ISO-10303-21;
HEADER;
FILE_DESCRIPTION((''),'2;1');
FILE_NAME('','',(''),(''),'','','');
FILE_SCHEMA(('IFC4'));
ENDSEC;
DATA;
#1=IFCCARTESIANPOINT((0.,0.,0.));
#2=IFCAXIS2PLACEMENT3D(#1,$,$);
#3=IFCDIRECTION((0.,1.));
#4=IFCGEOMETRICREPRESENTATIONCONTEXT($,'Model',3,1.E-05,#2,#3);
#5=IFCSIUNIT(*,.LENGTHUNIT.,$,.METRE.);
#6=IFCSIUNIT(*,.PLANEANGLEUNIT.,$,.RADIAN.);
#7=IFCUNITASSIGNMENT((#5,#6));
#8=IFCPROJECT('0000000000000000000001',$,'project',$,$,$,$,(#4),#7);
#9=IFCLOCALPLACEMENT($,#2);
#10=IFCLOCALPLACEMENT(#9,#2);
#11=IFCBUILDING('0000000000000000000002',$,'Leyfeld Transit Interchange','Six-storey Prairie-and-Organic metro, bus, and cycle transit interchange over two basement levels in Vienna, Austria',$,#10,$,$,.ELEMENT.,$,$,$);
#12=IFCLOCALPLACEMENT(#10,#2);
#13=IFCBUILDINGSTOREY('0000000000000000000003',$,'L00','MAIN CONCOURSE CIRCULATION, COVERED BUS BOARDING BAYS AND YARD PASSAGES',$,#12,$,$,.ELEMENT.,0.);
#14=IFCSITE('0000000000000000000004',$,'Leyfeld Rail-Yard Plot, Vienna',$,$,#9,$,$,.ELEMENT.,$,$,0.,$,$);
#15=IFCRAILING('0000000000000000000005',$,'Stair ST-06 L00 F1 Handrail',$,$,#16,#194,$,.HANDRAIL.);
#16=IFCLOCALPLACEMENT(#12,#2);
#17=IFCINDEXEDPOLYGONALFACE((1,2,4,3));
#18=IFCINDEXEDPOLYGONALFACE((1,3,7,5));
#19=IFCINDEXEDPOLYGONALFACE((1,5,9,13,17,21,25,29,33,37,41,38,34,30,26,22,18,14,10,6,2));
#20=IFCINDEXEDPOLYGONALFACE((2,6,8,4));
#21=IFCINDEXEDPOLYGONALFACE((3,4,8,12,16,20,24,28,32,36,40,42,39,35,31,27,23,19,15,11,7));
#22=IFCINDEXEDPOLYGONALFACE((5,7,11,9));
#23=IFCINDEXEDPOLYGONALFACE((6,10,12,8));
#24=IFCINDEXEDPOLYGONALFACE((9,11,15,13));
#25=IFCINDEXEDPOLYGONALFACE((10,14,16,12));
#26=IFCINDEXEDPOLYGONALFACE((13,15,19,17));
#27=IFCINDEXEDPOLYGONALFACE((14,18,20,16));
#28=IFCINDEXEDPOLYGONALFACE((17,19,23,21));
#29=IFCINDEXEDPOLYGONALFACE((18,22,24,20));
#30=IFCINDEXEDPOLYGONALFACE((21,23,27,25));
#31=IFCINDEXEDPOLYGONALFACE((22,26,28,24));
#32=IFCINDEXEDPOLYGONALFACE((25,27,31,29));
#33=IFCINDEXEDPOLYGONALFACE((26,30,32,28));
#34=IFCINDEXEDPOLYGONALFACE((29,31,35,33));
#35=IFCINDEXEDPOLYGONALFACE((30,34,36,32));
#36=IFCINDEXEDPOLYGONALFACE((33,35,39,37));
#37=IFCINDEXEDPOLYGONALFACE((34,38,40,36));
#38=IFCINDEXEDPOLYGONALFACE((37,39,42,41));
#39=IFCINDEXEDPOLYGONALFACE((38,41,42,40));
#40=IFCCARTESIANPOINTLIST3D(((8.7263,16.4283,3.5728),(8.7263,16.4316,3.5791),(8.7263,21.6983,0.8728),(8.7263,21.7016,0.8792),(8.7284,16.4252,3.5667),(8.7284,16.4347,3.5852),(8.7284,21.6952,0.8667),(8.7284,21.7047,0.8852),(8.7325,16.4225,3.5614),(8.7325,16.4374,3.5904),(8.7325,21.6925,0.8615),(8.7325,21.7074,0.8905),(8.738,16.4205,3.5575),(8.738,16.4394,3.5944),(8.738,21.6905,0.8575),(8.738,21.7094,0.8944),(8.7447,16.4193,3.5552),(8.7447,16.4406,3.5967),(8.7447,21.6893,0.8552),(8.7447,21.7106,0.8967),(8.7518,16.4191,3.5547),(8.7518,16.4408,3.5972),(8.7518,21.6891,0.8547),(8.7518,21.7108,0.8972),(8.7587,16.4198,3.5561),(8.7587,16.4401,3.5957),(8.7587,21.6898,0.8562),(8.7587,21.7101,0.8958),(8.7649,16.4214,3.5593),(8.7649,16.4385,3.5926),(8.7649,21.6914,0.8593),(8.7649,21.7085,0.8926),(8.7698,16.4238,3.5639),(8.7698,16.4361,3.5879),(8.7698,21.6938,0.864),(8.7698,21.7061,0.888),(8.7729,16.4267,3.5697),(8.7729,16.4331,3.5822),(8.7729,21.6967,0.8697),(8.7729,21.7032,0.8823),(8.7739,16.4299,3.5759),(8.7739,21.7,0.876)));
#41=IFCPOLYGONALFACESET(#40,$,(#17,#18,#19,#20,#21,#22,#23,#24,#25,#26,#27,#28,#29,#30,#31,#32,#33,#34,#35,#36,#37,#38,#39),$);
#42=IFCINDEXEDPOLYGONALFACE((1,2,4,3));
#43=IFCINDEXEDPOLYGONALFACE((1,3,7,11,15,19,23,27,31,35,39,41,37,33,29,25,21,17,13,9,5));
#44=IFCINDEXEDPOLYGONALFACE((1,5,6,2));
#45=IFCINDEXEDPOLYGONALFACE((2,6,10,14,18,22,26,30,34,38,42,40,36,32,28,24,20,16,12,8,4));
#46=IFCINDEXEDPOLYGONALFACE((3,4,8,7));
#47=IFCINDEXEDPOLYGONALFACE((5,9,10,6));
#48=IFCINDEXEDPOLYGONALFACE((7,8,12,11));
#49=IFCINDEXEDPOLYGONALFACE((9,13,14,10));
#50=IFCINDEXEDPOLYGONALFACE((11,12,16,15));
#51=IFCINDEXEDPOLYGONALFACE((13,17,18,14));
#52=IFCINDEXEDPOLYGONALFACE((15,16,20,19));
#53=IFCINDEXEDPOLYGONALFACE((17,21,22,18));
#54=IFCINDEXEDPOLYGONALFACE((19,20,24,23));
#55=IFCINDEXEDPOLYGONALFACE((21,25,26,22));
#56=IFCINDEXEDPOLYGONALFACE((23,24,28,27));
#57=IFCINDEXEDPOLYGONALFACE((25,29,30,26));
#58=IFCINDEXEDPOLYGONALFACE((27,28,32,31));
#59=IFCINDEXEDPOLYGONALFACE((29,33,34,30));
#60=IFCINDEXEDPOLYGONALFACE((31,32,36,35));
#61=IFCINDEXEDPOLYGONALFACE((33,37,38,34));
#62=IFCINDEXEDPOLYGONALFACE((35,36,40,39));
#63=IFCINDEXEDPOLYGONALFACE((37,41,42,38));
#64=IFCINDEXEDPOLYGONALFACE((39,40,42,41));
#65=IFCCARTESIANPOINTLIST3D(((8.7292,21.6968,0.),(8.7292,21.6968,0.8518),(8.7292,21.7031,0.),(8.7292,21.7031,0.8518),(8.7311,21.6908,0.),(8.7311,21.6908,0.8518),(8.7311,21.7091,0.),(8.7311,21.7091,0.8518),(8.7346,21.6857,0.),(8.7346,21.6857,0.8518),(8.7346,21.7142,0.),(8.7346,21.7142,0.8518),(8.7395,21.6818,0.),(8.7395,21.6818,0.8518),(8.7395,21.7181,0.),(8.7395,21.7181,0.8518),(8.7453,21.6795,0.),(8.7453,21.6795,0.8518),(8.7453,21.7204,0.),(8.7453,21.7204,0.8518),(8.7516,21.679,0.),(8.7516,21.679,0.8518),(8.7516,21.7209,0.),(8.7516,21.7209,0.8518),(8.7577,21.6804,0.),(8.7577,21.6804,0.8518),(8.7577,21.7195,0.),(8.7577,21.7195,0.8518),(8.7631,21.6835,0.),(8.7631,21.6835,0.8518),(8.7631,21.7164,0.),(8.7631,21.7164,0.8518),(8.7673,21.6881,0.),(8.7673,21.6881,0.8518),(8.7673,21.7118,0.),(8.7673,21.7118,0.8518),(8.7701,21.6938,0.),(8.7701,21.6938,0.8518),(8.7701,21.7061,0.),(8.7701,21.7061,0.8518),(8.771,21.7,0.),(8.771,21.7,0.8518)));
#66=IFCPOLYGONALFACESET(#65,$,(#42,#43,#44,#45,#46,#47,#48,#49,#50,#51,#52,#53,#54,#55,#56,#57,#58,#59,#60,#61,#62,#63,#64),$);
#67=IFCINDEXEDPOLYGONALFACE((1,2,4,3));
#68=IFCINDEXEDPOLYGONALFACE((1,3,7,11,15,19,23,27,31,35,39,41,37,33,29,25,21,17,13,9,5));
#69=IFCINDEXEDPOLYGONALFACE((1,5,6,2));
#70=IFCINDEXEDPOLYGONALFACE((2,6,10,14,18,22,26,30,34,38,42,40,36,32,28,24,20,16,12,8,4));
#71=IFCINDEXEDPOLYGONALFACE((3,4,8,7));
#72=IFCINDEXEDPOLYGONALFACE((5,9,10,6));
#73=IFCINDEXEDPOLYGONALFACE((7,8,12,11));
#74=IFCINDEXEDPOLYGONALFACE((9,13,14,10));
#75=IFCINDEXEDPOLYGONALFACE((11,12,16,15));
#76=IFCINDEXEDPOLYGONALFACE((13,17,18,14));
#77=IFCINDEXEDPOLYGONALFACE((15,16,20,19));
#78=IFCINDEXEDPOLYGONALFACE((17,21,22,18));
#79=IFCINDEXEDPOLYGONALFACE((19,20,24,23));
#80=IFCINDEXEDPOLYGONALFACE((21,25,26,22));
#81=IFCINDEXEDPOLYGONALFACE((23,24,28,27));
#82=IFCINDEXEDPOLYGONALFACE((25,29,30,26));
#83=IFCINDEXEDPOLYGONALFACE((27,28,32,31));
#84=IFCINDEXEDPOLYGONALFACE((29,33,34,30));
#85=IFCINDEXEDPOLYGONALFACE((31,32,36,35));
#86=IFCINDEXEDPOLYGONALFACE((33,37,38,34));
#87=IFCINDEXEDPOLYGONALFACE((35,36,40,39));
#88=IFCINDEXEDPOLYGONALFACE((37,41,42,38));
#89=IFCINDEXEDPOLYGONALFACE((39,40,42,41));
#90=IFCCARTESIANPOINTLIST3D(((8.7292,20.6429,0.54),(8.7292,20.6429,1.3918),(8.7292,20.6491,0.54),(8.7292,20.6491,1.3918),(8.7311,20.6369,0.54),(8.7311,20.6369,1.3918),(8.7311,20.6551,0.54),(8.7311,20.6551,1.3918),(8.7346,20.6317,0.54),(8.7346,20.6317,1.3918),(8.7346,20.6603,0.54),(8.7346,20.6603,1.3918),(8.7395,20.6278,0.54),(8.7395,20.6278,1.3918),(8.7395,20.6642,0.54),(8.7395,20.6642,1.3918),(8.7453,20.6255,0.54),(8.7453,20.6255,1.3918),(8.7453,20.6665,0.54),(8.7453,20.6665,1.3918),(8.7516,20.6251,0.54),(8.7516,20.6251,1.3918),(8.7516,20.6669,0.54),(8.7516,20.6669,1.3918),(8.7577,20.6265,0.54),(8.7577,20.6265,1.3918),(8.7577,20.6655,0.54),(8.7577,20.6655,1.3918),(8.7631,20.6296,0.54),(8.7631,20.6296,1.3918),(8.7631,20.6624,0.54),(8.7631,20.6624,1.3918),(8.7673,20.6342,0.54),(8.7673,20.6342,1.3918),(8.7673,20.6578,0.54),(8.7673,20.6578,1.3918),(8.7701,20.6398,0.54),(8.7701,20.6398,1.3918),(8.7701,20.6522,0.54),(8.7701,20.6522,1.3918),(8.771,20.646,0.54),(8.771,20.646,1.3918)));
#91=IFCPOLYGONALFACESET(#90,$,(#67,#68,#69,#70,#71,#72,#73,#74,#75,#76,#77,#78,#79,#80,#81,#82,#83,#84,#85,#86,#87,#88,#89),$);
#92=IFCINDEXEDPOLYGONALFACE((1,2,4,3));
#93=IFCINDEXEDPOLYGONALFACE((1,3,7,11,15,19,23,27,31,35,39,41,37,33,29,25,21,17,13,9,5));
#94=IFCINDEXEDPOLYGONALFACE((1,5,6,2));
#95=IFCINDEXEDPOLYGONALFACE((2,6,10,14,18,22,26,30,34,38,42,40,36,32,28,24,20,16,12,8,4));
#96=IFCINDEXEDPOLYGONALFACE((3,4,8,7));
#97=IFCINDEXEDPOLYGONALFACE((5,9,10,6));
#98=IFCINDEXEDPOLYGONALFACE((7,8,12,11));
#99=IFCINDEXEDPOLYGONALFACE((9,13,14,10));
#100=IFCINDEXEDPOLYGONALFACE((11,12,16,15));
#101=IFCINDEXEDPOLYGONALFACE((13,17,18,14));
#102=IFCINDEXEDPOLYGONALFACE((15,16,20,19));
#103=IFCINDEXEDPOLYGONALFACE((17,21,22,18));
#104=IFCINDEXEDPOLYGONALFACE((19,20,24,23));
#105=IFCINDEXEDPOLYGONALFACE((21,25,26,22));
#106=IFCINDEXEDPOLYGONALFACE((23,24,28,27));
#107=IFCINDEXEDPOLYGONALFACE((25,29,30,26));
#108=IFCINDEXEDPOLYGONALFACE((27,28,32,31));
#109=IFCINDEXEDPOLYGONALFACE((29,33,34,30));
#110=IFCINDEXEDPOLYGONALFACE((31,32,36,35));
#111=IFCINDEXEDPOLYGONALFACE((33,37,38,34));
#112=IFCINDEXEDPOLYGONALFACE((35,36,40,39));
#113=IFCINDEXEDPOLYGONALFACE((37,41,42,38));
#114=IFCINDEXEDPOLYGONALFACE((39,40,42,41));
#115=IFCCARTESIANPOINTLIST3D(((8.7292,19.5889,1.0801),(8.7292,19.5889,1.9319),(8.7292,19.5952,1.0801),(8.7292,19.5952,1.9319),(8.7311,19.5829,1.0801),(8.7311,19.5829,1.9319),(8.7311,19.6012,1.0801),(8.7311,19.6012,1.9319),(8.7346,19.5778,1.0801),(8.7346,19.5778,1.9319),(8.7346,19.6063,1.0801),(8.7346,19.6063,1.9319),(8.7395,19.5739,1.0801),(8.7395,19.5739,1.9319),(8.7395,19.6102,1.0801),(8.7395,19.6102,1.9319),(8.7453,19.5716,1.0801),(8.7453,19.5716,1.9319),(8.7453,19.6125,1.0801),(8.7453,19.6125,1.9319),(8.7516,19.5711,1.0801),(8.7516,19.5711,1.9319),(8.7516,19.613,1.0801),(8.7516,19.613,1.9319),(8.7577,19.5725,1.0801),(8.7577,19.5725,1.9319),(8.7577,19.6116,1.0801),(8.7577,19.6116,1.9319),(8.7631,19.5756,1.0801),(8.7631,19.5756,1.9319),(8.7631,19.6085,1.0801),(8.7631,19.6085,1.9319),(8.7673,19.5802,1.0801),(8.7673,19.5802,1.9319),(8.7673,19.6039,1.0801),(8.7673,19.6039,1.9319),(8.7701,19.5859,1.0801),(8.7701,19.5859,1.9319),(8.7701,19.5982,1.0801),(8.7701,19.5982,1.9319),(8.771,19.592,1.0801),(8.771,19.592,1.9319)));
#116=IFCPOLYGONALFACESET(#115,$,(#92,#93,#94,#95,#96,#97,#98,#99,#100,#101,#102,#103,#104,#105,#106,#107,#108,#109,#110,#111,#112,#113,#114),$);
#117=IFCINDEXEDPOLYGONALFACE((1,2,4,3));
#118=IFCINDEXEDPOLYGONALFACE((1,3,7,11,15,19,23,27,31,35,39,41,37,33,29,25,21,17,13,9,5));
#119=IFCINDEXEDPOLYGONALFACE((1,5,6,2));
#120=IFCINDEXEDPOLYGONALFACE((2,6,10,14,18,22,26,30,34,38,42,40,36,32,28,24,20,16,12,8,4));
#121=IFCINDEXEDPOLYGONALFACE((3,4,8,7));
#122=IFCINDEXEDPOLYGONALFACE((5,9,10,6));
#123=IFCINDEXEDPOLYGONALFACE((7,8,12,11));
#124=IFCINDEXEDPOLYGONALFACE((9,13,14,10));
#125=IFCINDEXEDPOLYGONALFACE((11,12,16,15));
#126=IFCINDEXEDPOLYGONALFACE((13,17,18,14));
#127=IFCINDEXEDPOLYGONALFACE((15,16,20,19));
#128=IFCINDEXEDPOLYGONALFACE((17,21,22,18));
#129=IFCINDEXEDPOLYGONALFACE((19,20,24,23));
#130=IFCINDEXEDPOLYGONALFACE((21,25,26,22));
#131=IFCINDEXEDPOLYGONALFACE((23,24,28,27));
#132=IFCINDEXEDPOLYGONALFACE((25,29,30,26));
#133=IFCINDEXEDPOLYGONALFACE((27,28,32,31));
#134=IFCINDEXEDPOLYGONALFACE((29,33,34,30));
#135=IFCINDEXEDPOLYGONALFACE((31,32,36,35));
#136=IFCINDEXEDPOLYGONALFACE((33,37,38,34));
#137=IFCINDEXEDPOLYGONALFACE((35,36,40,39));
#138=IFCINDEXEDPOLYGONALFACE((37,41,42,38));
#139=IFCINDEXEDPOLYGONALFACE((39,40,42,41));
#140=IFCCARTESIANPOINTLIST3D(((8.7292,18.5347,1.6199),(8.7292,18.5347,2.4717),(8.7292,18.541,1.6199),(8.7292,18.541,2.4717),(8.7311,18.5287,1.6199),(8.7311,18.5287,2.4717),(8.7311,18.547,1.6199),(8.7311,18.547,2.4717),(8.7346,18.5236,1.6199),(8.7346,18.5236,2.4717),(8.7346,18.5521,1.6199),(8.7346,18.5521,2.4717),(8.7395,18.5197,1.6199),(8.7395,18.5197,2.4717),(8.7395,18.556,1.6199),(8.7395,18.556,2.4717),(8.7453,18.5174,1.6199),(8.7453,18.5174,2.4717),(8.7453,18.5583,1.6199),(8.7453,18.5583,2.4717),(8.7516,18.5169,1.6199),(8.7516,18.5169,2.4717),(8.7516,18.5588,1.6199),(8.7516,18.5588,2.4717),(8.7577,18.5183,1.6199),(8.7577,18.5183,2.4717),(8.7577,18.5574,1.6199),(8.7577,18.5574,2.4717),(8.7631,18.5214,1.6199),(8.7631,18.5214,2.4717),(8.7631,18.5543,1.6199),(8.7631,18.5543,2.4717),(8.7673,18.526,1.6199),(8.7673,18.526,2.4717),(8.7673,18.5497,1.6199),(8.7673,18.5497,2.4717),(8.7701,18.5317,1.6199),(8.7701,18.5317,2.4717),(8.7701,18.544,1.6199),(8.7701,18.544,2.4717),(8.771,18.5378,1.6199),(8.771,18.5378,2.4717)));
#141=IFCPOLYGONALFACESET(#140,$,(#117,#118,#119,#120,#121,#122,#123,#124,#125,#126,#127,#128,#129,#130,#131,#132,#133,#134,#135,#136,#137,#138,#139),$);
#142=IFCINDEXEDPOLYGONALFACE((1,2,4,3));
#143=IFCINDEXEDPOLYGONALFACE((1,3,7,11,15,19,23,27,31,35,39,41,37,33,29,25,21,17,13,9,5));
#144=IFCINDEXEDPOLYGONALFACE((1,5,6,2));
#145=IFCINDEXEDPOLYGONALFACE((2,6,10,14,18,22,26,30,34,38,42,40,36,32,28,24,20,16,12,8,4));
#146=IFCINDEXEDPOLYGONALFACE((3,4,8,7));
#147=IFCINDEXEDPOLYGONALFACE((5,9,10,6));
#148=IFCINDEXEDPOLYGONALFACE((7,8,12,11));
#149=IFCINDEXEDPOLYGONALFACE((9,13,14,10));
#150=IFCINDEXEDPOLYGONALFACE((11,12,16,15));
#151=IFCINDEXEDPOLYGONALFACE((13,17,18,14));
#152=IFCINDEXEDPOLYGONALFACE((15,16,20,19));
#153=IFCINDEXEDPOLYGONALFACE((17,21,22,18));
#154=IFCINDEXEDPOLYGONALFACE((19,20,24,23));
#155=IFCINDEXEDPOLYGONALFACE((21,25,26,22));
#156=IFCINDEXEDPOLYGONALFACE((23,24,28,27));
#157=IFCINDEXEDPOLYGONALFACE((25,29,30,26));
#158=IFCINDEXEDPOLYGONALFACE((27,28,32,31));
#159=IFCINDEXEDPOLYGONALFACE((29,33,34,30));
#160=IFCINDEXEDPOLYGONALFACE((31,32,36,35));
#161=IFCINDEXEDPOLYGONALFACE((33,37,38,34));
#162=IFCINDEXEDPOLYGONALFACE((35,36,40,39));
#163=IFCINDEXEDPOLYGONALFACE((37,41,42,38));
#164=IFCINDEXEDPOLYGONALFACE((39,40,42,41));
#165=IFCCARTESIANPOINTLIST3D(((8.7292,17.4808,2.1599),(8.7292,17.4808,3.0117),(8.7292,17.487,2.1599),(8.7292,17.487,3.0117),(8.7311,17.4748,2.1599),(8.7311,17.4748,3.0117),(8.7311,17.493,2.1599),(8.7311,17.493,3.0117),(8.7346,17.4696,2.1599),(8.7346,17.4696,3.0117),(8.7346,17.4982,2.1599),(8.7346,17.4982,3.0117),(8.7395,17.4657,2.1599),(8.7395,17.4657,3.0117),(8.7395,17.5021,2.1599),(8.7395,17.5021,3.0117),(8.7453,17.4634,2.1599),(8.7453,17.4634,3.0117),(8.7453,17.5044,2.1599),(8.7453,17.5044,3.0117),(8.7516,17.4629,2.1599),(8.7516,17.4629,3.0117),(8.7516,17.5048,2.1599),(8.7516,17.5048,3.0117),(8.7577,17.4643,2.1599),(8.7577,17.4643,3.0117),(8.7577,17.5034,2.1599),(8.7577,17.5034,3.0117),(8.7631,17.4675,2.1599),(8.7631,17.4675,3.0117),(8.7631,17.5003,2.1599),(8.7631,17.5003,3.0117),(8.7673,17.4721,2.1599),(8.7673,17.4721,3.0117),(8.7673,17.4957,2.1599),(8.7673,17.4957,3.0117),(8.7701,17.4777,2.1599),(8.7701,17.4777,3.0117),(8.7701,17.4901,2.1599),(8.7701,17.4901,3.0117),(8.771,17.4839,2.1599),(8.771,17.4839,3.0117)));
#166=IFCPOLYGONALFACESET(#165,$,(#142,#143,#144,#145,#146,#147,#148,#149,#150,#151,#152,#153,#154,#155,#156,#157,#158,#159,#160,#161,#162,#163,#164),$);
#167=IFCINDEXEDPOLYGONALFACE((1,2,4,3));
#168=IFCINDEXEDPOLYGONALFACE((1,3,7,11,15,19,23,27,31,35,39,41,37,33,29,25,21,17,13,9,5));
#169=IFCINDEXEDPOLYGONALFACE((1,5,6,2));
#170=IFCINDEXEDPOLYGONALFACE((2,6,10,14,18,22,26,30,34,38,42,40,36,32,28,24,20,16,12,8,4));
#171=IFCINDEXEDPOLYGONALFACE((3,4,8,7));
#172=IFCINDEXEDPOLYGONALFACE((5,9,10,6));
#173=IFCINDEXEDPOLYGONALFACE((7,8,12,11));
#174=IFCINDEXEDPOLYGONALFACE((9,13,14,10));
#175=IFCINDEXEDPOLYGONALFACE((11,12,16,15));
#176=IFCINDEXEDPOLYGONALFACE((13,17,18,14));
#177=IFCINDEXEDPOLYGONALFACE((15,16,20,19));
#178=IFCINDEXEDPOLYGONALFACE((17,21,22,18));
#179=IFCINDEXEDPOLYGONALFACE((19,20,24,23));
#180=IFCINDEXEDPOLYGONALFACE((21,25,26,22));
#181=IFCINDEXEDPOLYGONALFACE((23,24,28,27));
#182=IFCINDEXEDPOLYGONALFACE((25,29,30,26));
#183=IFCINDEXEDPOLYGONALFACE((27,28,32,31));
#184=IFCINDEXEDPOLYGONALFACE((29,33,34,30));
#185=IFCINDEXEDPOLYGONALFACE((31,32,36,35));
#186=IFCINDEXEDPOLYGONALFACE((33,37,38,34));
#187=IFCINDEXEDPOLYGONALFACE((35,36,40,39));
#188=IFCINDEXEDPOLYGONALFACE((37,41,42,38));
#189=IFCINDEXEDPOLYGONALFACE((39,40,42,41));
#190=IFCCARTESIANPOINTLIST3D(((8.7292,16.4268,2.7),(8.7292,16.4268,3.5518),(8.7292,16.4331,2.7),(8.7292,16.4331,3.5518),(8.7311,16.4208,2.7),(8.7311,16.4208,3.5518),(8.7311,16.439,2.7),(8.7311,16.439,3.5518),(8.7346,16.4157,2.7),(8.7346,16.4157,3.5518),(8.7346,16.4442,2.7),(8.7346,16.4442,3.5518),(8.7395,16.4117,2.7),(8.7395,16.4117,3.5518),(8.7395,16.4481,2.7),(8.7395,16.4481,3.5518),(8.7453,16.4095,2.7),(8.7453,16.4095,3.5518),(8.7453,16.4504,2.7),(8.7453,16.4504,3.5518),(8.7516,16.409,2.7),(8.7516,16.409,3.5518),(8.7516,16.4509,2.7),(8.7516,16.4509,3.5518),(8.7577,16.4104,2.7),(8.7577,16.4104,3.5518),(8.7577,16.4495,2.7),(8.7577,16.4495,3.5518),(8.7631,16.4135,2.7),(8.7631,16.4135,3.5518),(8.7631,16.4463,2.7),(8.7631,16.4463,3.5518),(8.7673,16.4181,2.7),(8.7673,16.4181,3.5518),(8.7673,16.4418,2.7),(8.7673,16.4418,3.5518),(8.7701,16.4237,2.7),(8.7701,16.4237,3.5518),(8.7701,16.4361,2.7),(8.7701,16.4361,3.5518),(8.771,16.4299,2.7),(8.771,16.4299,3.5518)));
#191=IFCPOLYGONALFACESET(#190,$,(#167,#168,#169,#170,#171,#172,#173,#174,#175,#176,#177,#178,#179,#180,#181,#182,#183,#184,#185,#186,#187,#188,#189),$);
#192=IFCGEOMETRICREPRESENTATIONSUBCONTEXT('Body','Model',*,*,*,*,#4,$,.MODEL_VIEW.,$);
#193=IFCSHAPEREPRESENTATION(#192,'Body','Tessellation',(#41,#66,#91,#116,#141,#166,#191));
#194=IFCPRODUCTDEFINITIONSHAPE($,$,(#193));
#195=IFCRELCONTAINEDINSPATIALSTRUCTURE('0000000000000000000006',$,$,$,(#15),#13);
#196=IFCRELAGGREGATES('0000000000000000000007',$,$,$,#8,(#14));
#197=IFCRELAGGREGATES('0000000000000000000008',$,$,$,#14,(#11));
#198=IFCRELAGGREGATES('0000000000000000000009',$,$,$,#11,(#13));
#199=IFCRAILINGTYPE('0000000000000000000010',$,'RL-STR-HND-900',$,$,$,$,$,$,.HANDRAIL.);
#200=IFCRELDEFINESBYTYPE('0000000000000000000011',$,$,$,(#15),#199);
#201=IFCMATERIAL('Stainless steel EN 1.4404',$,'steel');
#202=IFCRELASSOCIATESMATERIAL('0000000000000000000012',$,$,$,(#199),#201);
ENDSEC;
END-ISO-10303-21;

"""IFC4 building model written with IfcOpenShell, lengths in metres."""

from ifc_helpers import new_model, si_unit, direction, frame, origin, origin_2d, place, context, subcontext, project, spatial, circle, extrude, material, type_object, element, save


model = new_model("IFC4")

# Units and contexts
model_context = context("Model", 3, precision=1e-05, world=origin(), true_north=direction((0.0, 1.0)))
body_context = subcontext(model_context, "Body", "Model", "MODEL_VIEW")
ifc_project = project(units=[si_unit("LENGTHUNIT", "METRE"), si_unit("PLANEANGLEUNIT", "RADIAN")], contexts=[model_context])

# Site, building, storey
site_placement = place(None, origin())
site = spatial("IfcSite", under=ifc_project, at=site_placement, Name="Leyfeld Rail-Yard Plot, Vienna", CompositionType="ELEMENT", RefElevation=0.0)
building_placement = place(site_placement, origin())
building = spatial("IfcBuilding", under=site, at=building_placement, Name="Leyfeld Transit Interchange", Description="Six-storey Prairie-and-Organic metro, bus, and cycle transit interchange over two basement levels in Vienna, Austria", CompositionType="ELEMENT")
storey_placement = place(building_placement, origin())
storey = spatial("IfcBuildingStorey", under=building, at=storey_placement, Name="L00", Description="MAIN CONCOURSE CIRCULATION, COVERED BUS BOARDING BAYS AND YARD PASSAGES", CompositionType="ELEMENT", Elevation=0.0)

# Railing
ifc_material_1 = material(Name="Stainless steel EN 1.4404", Category="steel")
railing_type_1 = type_object("IfcRailingType", Name="RL-STR-HND-900", PredefinedType="HANDRAIL", material=ifc_material_1)
railing_1_placement = place(storey_placement, frame((8.75, 21.7, 0.0)))
element("IfcRailing", 1, at=railing_1_placement, inside=storey, type_object=railing_type_1, Name="Stair ST-06 L00 F1 Handrail", PredefinedType="HANDRAIL", context=body_context, shape_type="SweptSolid", body=[
    extrude(circle(Radius=0.0239, at=origin_2d()), frame((0.0, 0.0, 0.876), z_axis=(0.0, -0.889997, 0.455966), x_axis=(1.0, 0.0, 0.0)), (0.0, 0.0, 1.0), 5.9214),
    extrude(circle(Radius=0.021, at=origin_2d()), origin(), (0.0, 0.0, 1.0), 0.8518),
    extrude(circle(Radius=0.021, at=origin_2d()), frame((0.0, -1.054, 0.54)), (0.0, 0.0, 1.0), 0.8518),
    extrude(circle(Radius=0.021, at=origin_2d()), frame((0.0, -2.1079, 1.0801)), (0.0, 0.0, 1.0), 0.8518),
    extrude(circle(Radius=0.021, at=origin_2d()), frame((0.0, -3.1621, 1.6199)), (0.0, 0.0, 1.0), 0.8518),
    extrude(circle(Radius=0.021, at=origin_2d()), frame((0.0, -4.2161, 2.1599)), (0.0, 0.0, 1.0), 0.8518),
    extrude(circle(Radius=0.021, at=origin_2d()), frame((0.0, -5.27, 2.7)), (0.0, 0.0, 1.0), 0.8518),
])

save(model, "model.ifc")
